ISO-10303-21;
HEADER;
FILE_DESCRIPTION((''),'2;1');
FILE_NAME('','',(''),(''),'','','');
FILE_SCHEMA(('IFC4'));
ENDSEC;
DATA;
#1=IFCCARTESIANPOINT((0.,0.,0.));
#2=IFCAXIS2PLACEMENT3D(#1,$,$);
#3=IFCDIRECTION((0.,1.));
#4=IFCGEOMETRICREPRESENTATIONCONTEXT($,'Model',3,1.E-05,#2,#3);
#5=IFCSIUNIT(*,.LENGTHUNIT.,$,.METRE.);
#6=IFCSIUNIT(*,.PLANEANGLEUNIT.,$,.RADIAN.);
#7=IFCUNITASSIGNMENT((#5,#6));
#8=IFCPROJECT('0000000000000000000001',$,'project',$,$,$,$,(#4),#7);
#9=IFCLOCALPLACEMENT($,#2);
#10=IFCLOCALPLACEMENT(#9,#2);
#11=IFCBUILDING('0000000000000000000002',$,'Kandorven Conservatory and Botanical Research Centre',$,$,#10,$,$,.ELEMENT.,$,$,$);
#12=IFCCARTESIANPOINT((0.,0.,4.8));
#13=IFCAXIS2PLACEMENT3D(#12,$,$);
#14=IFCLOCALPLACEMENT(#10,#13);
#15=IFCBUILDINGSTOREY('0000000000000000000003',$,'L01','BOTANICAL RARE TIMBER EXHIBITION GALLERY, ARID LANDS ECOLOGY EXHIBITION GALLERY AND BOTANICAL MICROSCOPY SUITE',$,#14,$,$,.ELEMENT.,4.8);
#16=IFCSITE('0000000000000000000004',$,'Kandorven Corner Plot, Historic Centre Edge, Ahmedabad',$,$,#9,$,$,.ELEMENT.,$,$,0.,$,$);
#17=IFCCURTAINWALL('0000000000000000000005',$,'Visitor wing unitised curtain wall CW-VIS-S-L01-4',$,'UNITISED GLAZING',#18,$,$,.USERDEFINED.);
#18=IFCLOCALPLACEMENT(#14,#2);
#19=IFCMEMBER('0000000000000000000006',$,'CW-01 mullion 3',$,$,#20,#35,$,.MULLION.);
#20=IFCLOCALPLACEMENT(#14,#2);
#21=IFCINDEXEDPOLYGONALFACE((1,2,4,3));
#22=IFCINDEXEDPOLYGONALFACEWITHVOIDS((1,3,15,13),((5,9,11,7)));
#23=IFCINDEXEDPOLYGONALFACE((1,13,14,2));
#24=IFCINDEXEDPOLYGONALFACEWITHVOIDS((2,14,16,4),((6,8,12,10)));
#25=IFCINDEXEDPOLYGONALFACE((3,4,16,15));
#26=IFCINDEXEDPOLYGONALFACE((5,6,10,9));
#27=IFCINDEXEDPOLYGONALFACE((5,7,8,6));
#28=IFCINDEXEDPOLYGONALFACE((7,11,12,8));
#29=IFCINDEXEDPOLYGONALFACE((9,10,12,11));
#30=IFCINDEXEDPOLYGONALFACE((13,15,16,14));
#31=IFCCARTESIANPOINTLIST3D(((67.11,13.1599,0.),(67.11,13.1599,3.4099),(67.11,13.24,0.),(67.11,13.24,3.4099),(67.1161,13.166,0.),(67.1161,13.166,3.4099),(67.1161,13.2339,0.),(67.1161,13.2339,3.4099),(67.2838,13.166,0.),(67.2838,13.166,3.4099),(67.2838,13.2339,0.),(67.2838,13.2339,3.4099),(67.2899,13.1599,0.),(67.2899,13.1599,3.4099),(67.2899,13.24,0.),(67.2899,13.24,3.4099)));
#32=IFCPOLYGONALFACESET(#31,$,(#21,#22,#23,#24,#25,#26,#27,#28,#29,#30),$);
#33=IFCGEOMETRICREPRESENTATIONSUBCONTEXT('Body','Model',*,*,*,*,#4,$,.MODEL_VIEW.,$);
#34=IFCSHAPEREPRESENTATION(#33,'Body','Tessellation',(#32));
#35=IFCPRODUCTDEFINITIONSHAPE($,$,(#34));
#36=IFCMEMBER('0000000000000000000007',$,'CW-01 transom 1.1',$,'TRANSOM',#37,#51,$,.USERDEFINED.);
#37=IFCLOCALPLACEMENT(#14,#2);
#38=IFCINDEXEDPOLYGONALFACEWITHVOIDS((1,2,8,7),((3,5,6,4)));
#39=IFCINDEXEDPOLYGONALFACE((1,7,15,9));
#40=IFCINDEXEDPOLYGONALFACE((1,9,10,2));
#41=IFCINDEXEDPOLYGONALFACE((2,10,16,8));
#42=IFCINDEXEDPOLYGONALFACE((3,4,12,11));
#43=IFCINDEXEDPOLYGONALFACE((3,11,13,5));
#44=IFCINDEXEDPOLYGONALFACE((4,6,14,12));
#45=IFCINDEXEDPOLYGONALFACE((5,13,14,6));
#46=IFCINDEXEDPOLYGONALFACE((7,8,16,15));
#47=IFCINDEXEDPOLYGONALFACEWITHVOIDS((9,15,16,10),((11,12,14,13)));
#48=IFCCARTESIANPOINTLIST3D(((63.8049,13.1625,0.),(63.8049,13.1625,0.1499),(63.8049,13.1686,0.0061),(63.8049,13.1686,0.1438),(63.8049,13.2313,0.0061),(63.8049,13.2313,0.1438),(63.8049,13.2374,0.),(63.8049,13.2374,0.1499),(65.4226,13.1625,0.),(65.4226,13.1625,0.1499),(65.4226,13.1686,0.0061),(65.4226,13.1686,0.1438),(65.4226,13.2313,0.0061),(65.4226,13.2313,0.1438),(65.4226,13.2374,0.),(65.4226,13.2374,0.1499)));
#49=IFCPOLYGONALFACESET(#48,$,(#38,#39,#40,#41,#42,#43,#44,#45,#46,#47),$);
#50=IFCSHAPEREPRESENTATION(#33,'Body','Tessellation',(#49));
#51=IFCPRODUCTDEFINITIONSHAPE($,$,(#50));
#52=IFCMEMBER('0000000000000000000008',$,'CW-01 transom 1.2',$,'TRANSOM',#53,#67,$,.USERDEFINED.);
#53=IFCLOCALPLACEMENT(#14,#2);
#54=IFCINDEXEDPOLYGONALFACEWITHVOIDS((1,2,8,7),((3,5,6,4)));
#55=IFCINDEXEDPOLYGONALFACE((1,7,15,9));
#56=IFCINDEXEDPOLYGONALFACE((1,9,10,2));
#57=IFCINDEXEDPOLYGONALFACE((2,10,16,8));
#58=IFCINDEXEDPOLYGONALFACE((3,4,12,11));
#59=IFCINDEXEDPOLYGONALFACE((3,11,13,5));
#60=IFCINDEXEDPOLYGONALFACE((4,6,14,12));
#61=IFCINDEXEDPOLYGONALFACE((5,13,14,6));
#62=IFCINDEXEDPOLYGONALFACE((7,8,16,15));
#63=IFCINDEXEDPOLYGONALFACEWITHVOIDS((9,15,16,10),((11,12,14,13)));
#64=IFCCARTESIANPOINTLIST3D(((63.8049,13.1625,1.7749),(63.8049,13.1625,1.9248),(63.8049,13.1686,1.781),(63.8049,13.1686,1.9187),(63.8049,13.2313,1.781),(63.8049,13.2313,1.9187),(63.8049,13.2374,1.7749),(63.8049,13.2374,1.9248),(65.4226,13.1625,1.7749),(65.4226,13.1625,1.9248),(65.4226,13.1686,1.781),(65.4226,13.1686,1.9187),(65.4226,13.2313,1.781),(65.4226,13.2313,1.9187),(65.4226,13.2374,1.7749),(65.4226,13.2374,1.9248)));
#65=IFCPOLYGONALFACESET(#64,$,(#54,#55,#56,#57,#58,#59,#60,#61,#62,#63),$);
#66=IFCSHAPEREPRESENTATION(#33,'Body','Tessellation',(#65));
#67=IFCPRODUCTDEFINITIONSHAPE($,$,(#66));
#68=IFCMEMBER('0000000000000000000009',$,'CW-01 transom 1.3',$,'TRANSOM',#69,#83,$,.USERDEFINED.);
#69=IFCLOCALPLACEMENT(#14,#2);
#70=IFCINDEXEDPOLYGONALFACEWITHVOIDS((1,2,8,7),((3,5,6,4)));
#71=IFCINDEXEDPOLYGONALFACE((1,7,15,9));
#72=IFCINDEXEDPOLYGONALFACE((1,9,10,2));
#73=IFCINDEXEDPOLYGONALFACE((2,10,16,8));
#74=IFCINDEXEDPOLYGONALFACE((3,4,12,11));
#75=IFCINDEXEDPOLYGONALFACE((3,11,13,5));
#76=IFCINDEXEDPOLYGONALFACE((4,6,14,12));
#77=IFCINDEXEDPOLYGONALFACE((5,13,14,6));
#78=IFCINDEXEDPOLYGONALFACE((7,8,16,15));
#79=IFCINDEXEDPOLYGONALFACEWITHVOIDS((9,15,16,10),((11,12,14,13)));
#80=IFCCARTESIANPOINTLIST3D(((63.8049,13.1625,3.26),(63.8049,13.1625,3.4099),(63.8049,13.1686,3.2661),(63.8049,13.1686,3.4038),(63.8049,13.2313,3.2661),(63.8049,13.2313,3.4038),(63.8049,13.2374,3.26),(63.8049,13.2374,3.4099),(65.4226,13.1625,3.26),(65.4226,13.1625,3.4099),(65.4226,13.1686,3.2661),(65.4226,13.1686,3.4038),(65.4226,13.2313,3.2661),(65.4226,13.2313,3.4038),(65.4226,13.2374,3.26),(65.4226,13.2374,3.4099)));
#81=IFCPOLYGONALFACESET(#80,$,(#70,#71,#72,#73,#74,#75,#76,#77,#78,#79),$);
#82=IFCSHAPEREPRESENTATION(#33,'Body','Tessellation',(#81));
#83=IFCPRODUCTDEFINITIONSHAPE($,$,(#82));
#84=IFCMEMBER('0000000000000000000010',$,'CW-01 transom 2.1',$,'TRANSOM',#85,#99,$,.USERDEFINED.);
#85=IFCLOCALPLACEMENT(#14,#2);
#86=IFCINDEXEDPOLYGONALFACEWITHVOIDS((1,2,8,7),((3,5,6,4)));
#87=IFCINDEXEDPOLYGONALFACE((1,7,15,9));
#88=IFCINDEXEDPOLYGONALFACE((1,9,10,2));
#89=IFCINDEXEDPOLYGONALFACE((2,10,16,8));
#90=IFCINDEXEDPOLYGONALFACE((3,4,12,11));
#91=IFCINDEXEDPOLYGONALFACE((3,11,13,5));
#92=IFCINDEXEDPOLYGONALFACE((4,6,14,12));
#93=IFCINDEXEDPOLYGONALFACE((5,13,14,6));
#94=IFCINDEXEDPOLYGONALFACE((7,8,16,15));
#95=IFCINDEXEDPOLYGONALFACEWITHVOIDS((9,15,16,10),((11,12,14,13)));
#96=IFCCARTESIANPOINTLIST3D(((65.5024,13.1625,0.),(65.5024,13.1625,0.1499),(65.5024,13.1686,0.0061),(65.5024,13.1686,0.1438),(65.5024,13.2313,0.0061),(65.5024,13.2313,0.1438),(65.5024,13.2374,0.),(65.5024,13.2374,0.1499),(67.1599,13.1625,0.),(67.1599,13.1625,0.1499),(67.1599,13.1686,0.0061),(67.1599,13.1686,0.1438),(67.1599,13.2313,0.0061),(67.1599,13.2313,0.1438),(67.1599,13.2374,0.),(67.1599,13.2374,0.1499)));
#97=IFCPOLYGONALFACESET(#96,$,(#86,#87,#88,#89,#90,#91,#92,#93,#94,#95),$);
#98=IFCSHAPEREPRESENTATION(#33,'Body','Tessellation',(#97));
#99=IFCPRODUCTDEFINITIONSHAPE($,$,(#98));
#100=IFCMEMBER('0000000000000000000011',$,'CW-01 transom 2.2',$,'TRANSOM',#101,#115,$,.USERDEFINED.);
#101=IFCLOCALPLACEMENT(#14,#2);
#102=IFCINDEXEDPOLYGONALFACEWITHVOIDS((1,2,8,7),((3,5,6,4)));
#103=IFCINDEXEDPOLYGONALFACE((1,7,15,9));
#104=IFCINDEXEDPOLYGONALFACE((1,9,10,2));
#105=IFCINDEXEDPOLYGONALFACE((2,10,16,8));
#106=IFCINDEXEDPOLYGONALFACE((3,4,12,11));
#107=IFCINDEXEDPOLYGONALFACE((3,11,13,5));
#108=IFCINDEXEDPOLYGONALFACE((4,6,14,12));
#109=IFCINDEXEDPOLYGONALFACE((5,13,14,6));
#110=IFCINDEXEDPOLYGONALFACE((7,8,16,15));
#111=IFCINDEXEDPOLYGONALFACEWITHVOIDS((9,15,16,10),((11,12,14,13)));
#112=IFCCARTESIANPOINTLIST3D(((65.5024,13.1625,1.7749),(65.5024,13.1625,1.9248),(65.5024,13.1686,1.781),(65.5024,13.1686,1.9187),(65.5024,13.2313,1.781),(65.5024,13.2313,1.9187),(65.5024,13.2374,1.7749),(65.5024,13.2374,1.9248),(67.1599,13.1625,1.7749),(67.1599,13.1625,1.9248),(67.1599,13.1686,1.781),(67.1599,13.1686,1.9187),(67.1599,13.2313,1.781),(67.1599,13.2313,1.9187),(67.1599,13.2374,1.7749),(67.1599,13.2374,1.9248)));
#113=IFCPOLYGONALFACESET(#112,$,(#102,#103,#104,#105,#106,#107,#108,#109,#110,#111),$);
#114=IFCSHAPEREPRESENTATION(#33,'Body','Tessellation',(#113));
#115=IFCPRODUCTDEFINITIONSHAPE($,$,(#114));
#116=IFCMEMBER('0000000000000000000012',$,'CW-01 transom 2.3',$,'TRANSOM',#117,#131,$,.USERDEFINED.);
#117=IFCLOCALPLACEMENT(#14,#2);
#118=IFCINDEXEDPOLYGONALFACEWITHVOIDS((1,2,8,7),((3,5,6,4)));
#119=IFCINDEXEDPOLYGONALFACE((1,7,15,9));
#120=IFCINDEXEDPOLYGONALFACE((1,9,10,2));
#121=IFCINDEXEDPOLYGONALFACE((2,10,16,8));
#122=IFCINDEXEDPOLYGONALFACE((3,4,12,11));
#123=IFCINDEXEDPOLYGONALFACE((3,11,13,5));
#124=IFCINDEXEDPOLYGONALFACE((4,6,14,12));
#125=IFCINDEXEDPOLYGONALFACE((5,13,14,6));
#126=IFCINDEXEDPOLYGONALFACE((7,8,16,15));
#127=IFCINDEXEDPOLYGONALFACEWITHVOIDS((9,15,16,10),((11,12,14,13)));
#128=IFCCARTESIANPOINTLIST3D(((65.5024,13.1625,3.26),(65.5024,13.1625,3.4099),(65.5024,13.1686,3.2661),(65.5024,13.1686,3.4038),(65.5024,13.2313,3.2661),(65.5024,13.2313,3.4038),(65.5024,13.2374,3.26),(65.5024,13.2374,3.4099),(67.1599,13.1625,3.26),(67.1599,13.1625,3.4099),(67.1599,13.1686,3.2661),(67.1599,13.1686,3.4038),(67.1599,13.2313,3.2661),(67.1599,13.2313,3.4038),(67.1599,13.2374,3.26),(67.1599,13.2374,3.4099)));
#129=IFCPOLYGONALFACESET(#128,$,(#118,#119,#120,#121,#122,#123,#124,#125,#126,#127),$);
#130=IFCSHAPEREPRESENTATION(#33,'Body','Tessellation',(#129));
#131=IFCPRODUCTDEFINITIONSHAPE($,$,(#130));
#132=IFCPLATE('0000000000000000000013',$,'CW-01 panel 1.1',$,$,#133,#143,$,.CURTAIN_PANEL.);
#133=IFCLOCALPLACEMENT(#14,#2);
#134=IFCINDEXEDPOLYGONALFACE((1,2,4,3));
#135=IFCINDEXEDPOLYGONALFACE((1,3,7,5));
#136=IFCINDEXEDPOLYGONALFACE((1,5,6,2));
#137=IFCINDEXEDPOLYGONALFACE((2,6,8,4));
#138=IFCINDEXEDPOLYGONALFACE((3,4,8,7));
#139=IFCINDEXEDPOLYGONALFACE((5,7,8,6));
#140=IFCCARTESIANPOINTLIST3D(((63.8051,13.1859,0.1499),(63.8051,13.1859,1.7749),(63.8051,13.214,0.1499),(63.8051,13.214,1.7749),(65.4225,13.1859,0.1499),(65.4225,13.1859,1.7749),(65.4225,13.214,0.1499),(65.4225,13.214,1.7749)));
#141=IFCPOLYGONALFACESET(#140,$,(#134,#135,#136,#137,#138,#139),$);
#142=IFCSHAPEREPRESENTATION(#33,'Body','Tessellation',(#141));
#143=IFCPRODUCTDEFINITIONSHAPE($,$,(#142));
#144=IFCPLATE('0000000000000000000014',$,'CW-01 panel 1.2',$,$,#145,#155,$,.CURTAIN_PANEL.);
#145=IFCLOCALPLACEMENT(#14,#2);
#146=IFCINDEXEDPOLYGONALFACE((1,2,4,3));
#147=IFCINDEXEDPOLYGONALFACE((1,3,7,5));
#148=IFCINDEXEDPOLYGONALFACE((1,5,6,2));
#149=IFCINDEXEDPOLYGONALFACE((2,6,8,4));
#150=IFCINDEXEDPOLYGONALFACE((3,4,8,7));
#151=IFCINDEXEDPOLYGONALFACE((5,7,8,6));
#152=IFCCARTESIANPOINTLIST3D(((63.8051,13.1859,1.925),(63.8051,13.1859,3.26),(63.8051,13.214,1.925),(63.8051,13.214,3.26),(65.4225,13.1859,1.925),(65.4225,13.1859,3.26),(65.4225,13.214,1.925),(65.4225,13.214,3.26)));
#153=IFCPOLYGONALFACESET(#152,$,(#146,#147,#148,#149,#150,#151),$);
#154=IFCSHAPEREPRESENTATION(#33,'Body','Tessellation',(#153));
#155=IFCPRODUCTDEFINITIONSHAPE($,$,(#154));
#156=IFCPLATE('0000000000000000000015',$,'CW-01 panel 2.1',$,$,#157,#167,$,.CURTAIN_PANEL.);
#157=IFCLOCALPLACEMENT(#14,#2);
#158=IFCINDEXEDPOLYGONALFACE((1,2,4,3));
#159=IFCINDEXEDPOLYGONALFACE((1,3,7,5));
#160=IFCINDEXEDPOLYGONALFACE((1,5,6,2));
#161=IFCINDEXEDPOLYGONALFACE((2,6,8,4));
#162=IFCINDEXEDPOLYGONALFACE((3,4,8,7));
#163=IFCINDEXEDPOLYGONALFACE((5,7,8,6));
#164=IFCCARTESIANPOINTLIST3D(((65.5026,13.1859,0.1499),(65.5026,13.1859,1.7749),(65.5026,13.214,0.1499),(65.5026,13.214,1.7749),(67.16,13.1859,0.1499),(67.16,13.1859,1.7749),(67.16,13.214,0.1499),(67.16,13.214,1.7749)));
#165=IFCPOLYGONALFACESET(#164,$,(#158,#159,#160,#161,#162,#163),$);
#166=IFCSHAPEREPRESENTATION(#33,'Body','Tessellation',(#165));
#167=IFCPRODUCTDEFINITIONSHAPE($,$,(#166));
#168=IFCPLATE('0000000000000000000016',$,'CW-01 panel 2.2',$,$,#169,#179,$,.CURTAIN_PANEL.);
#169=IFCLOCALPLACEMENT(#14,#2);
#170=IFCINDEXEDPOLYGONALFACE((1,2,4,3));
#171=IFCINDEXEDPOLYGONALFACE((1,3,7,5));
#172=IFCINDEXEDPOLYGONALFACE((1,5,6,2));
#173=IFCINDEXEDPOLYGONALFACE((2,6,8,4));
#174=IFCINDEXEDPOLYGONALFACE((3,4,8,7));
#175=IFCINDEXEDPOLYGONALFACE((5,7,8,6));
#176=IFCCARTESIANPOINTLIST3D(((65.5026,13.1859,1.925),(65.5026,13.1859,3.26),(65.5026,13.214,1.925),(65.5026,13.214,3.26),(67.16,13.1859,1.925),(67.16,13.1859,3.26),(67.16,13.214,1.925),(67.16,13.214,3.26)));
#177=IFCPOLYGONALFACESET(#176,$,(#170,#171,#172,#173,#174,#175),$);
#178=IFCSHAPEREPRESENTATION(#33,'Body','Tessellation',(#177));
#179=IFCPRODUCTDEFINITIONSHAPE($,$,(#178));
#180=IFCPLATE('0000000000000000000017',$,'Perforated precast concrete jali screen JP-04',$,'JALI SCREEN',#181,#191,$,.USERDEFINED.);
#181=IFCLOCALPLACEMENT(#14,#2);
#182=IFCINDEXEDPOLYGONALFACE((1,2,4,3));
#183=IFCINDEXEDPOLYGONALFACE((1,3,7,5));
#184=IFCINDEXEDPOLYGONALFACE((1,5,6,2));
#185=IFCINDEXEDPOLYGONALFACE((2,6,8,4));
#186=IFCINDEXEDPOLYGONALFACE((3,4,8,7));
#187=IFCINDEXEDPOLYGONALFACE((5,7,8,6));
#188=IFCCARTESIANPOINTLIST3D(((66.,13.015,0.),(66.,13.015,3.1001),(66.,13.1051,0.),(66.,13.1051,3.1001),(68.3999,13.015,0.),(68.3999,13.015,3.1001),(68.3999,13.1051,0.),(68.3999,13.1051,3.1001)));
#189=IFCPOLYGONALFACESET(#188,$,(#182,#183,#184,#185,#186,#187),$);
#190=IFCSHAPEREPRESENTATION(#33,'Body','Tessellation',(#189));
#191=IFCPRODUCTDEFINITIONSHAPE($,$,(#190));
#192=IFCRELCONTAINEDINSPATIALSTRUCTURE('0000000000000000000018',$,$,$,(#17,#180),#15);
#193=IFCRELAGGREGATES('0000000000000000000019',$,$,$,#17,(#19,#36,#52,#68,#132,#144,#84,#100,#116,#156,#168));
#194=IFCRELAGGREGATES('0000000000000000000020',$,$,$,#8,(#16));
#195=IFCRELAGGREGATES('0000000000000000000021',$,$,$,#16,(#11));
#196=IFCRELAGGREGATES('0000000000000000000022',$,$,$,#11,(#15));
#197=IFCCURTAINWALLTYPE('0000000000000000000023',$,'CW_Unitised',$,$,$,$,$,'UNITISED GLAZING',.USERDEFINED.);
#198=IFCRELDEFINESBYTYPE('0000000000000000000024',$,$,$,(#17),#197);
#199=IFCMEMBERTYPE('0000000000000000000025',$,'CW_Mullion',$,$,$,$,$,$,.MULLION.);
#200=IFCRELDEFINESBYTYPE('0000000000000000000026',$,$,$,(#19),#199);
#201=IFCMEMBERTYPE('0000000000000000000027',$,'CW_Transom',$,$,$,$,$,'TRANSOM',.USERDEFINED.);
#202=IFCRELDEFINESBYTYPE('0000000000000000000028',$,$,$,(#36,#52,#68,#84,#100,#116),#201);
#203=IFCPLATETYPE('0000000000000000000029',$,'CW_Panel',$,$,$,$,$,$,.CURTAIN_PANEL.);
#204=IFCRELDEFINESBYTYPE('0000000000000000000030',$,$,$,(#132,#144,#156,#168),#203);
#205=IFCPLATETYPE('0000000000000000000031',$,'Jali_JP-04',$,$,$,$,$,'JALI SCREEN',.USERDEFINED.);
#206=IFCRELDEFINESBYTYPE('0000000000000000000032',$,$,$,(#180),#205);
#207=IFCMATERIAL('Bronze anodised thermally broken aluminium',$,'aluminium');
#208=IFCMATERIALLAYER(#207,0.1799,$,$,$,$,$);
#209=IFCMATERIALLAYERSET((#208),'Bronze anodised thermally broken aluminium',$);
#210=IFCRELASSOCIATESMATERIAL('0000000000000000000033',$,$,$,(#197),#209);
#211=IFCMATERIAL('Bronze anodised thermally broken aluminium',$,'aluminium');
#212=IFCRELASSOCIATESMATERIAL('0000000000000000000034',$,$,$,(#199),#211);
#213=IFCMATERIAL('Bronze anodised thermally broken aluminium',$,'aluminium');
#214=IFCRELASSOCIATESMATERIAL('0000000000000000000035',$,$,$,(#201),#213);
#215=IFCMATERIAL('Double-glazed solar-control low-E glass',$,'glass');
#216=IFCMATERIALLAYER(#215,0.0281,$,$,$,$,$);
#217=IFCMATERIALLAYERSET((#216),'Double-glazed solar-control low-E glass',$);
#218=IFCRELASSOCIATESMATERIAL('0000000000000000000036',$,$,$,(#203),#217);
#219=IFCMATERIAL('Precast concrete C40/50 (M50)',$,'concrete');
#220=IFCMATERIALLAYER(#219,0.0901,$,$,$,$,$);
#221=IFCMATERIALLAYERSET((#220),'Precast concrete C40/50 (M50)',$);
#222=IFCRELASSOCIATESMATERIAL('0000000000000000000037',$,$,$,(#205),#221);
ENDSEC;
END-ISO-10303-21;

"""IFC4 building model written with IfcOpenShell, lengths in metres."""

from ifc_helpers import new_model, si_unit, direction, frame, origin, origin_2d, place, context, subcontext, project, spatial, rectangle, hollow_rectangle, extrude, material, layer, layer_set, material_profile, profile_set, type_object, element, aggregate, save


model = new_model("IFC4")

# Units and contexts
model_context = context("Model", 3, precision=1e-05, world=origin(), true_north=direction((0.0, 1.0)))
body_context = subcontext(model_context, "Body", "Model", "MODEL_VIEW")
ifc_project = project(units=[si_unit("LENGTHUNIT", "METRE"), si_unit("PLANEANGLEUNIT", "RADIAN")], contexts=[model_context])

# Site, building, storey
site_placement = place(None, origin())
site = spatial("IfcSite", under=ifc_project, at=site_placement, Name="Kandorven Corner Plot, Historic Centre Edge, Ahmedabad", CompositionType="ELEMENT", RefElevation=0.0)
building_placement = place(site_placement, origin())
building = spatial("IfcBuilding", under=site, at=building_placement, Name="Kandorven Conservatory and Botanical Research Centre", CompositionType="ELEMENT")
storey_placement = place(building_placement, frame((0.0, 0.0, 4.8)))
storey = spatial("IfcBuildingStorey", under=building, at=storey_placement, Name="L01", Description="BOTANICAL RARE TIMBER EXHIBITION GALLERY, ARID LANDS ECOLOGY EXHIBITION GALLERY AND BOTANICAL MICROSCOPY SUITE", CompositionType="ELEMENT", Elevation=4.8)

# Shared definitions
ifc_material_1 = material(Name="Bronze anodised thermally broken aluminium", Category="aluminium")
ifc_layer_1 = layer(ifc_material_1, 0.1799)
ifc_layer_set_1 = layer_set([ifc_layer_1], Name="Bronze anodised thermally broken aluminium")
curtain_wall_type = type_object("IfcCurtainWallType", Name="CW_Unitised", ElementType="UNITISED GLAZING", PredefinedType="USERDEFINED", material=ifc_layer_set_1)
ifc_material_2 = material(Name="Bronze anodised thermally broken aluminium", Category="aluminium")
ifc_material_profile_1 = material_profile(ifc_material_2, hollow_rectangle(XDim=0.0801, YDim=0.1799, WallThickness=0.0061, at=origin_2d()))
ifc_profile_set_1 = profile_set([ifc_material_profile_1], Name="Bronze anodised thermally broken aluminium")
member_type_1 = type_object("IfcMemberType", Name="CW_Mullion", PredefinedType="MULLION", material=ifc_profile_set_1)

# Curtain wall, members, plates
curtain_wall_1_placement = place(storey_placement, origin())
curtain_wall_1 = element("IfcCurtainWall", 1, at=curtain_wall_1_placement, inside=storey, type_object=curtain_wall_type, Name="Visitor wing unitised curtain wall CW-VIS-S-L01-4", ObjectType="UNITISED GLAZING", PredefinedType="USERDEFINED")
member_1_placement = place(storey_placement, frame((67.2, 13.2, 0.0), z_axis=(0.0, 0.0, 1.0), x_axis=(0.0, 1.0, 0.0)))
member_1 = element("IfcMember", 2, at=member_1_placement, type_object=member_type_1, Name="CW-01 mullion 3", PredefinedType="MULLION", context=body_context, shape_type="SweptSolid", body=[
    extrude(hollow_rectangle(XDim=0.0801, YDim=0.1799, WallThickness=0.0061, at=origin_2d()), origin(), (0.0, 0.0, 1.0), 3.4099),
])
ifc_material_3 = material(Name="Bronze anodised thermally broken aluminium", Category="aluminium")
ifc_material_profile_2 = material_profile(ifc_material_3, hollow_rectangle(XDim=0.075, YDim=0.1499, WallThickness=0.0061, at=origin_2d()))
ifc_profile_set_2 = profile_set([ifc_material_profile_2], Name="Bronze anodised thermally broken aluminium")
member_type_2 = type_object("IfcMemberType", Name="CW_Transom", ElementType="TRANSOM", PredefinedType="USERDEFINED", material=ifc_profile_set_2)
member_2_placement = place(storey_placement, frame((63.8049, 13.2, 0.075), z_axis=(1.0, 0.0, 0.0), x_axis=(0.0, 1.0, 0.0)))
member_2 = element("IfcMember", 3, at=member_2_placement, type_object=member_type_2, Name="CW-01 transom 1.1", ObjectType="TRANSOM", PredefinedType="USERDEFINED", context=body_context, shape_type="SweptSolid", body=[
    extrude(hollow_rectangle(XDim=0.075, YDim=0.1499, WallThickness=0.0061, at=origin_2d()), origin(), (0.0, 0.0, 1.0), 1.6177),
])
member_3_placement = place(storey_placement, frame((63.8049, 13.2, 1.8499), z_axis=(1.0, 0.0, 0.0), x_axis=(0.0, 1.0, 0.0)))
member_3 = element("IfcMember", 4, at=member_3_placement, type_object=member_type_2, Name="CW-01 transom 1.2", ObjectType="TRANSOM", PredefinedType="USERDEFINED", context=body_context, shape_type="SweptSolid", body=[
    extrude(hollow_rectangle(XDim=0.075, YDim=0.1499, WallThickness=0.0061, at=origin_2d()), origin(), (0.0, 0.0, 1.0), 1.6177),
])
member_4_placement = place(storey_placement, frame((63.8049, 13.2, 3.335), z_axis=(1.0, 0.0, 0.0), x_axis=(0.0, 1.0, 0.0)))
member_4 = element("IfcMember", 5, at=member_4_placement, type_object=member_type_2, Name="CW-01 transom 1.3", ObjectType="TRANSOM", PredefinedType="USERDEFINED", context=body_context, shape_type="SweptSolid", body=[
    extrude(hollow_rectangle(XDim=0.075, YDim=0.1499, WallThickness=0.0061, at=origin_2d()), origin(), (0.0, 0.0, 1.0), 1.6177),
])
member_5_placement = place(storey_placement, frame((65.5024, 13.2, 0.075), z_axis=(1.0, 0.0, 0.0), x_axis=(0.0, 1.0, 0.0)))
member_5 = element("IfcMember", 6, at=member_5_placement, type_object=member_type_2, Name="CW-01 transom 2.1", ObjectType="TRANSOM", PredefinedType="USERDEFINED", context=body_context, shape_type="SweptSolid", body=[
    extrude(hollow_rectangle(XDim=0.075, YDim=0.1499, WallThickness=0.0061, at=origin_2d()), origin(), (0.0, 0.0, 1.0), 1.6575),
])
member_6_placement = place(storey_placement, frame((65.5024, 13.2, 1.8499), z_axis=(1.0, 0.0, 0.0), x_axis=(0.0, 1.0, 0.0)))
member_6 = element("IfcMember", 7, at=member_6_placement, type_object=member_type_2, Name="CW-01 transom 2.2", ObjectType="TRANSOM", PredefinedType="USERDEFINED", context=body_context, shape_type="SweptSolid", body=[
    extrude(hollow_rectangle(XDim=0.075, YDim=0.1499, WallThickness=0.0061, at=origin_2d()), origin(), (0.0, 0.0, 1.0), 1.6575),
])
member_7_placement = place(storey_placement, frame((65.5024, 13.2, 3.335), z_axis=(1.0, 0.0, 0.0), x_axis=(0.0, 1.0, 0.0)))
member_7 = element("IfcMember", 8, at=member_7_placement, type_object=member_type_2, Name="CW-01 transom 2.3", ObjectType="TRANSOM", PredefinedType="USERDEFINED", context=body_context, shape_type="SweptSolid", body=[
    extrude(hollow_rectangle(XDim=0.075, YDim=0.1499, WallThickness=0.0061, at=origin_2d()), origin(), (0.0, 0.0, 1.0), 1.6575),
])
ifc_material_4 = material(Name="Double-glazed solar-control low-E glass", Category="glass")
ifc_layer_2 = layer(ifc_material_4, 0.0281)
ifc_layer_set_2 = layer_set([ifc_layer_2], Name="Double-glazed solar-control low-E glass")
plate_type_1 = type_object("IfcPlateType", Name="CW_Panel", PredefinedType="CURTAIN_PANEL", material=ifc_layer_set_2)
plate_1_placement = place(storey_placement, frame((64.6138, 13.2, 0.1499), z_axis=(0.0, 0.0, 1.0), x_axis=(1.0, 0.0, 0.0)))
plate_1 = element("IfcPlate", 9, at=plate_1_placement, type_object=plate_type_1, Name="CW-01 panel 1.1", PredefinedType="CURTAIN_PANEL", context=body_context, shape_type="SweptSolid", body=[
    extrude(rectangle(XDim=1.6174, YDim=0.0281, at=origin_2d()), origin(), (0.0, 0.0, 1.0), 1.625),
])
plate_2_placement = place(storey_placement, frame((64.6138, 13.2, 1.925), z_axis=(0.0, 0.0, 1.0), x_axis=(1.0, 0.0, 0.0)))
plate_2 = element("IfcPlate", 10, at=plate_2_placement, type_object=plate_type_1, Name="CW-01 panel 1.2", PredefinedType="CURTAIN_PANEL", context=body_context, shape_type="SweptSolid", body=[
    extrude(rectangle(XDim=1.6174, YDim=0.0281, at=origin_2d()), origin(), (0.0, 0.0, 1.0), 1.335),
])
plate_3_placement = place(storey_placement, frame((66.3313, 13.2, 0.1499), z_axis=(0.0, 0.0, 1.0), x_axis=(1.0, 0.0, 0.0)))
plate_3 = element("IfcPlate", 11, at=plate_3_placement, type_object=plate_type_1, Name="CW-01 panel 2.1", PredefinedType="CURTAIN_PANEL", context=body_context, shape_type="SweptSolid", body=[
    extrude(rectangle(XDim=1.6575, YDim=0.0281, at=origin_2d()), origin(), (0.0, 0.0, 1.0), 1.625),
])
plate_4_placement = place(storey_placement, frame((66.3313, 13.2, 1.925), z_axis=(0.0, 0.0, 1.0), x_axis=(1.0, 0.0, 0.0)))
plate_4 = element("IfcPlate", 12, at=plate_4_placement, type_object=plate_type_1, Name="CW-01 panel 2.2", PredefinedType="CURTAIN_PANEL", context=body_context, shape_type="SweptSolid", body=[
    extrude(rectangle(XDim=1.6575, YDim=0.0281, at=origin_2d()), origin(), (0.0, 0.0, 1.0), 1.335),
])
aggregate(curtain_wall_1, [member_1, member_2, member_3, member_4, plate_1, plate_2, member_5, member_6, member_7, plate_3, plate_4])

# Plate
ifc_material_5 = material(Name="Precast concrete C40/50 (M50)", Category="concrete")
ifc_layer_3 = layer(ifc_material_5, 0.0901)
ifc_layer_set_3 = layer_set([ifc_layer_3], Name="Precast concrete C40/50 (M50)")
plate_type_2 = type_object("IfcPlateType", Name="Jali_JP-04", ElementType="JALI SCREEN", PredefinedType="USERDEFINED", material=ifc_layer_set_3)
plate_5_placement = place(storey_placement, frame((67.2, 13.0601, 0.0), z_axis=(0.0, 0.0, 1.0), x_axis=(1.0, 0.0, 0.0)))
element("IfcPlate", 13, at=plate_5_placement, inside=storey, type_object=plate_type_2, Name="Perforated precast concrete jali screen JP-04", ObjectType="JALI SCREEN", PredefinedType="USERDEFINED", context=body_context, shape_type="SweptSolid", body=[
    extrude(rectangle(XDim=2.3999, YDim=0.0901, at=origin_2d()), origin(), (0.0, 0.0, 1.0), 3.1001),
])

save(model, "model.ifc")
